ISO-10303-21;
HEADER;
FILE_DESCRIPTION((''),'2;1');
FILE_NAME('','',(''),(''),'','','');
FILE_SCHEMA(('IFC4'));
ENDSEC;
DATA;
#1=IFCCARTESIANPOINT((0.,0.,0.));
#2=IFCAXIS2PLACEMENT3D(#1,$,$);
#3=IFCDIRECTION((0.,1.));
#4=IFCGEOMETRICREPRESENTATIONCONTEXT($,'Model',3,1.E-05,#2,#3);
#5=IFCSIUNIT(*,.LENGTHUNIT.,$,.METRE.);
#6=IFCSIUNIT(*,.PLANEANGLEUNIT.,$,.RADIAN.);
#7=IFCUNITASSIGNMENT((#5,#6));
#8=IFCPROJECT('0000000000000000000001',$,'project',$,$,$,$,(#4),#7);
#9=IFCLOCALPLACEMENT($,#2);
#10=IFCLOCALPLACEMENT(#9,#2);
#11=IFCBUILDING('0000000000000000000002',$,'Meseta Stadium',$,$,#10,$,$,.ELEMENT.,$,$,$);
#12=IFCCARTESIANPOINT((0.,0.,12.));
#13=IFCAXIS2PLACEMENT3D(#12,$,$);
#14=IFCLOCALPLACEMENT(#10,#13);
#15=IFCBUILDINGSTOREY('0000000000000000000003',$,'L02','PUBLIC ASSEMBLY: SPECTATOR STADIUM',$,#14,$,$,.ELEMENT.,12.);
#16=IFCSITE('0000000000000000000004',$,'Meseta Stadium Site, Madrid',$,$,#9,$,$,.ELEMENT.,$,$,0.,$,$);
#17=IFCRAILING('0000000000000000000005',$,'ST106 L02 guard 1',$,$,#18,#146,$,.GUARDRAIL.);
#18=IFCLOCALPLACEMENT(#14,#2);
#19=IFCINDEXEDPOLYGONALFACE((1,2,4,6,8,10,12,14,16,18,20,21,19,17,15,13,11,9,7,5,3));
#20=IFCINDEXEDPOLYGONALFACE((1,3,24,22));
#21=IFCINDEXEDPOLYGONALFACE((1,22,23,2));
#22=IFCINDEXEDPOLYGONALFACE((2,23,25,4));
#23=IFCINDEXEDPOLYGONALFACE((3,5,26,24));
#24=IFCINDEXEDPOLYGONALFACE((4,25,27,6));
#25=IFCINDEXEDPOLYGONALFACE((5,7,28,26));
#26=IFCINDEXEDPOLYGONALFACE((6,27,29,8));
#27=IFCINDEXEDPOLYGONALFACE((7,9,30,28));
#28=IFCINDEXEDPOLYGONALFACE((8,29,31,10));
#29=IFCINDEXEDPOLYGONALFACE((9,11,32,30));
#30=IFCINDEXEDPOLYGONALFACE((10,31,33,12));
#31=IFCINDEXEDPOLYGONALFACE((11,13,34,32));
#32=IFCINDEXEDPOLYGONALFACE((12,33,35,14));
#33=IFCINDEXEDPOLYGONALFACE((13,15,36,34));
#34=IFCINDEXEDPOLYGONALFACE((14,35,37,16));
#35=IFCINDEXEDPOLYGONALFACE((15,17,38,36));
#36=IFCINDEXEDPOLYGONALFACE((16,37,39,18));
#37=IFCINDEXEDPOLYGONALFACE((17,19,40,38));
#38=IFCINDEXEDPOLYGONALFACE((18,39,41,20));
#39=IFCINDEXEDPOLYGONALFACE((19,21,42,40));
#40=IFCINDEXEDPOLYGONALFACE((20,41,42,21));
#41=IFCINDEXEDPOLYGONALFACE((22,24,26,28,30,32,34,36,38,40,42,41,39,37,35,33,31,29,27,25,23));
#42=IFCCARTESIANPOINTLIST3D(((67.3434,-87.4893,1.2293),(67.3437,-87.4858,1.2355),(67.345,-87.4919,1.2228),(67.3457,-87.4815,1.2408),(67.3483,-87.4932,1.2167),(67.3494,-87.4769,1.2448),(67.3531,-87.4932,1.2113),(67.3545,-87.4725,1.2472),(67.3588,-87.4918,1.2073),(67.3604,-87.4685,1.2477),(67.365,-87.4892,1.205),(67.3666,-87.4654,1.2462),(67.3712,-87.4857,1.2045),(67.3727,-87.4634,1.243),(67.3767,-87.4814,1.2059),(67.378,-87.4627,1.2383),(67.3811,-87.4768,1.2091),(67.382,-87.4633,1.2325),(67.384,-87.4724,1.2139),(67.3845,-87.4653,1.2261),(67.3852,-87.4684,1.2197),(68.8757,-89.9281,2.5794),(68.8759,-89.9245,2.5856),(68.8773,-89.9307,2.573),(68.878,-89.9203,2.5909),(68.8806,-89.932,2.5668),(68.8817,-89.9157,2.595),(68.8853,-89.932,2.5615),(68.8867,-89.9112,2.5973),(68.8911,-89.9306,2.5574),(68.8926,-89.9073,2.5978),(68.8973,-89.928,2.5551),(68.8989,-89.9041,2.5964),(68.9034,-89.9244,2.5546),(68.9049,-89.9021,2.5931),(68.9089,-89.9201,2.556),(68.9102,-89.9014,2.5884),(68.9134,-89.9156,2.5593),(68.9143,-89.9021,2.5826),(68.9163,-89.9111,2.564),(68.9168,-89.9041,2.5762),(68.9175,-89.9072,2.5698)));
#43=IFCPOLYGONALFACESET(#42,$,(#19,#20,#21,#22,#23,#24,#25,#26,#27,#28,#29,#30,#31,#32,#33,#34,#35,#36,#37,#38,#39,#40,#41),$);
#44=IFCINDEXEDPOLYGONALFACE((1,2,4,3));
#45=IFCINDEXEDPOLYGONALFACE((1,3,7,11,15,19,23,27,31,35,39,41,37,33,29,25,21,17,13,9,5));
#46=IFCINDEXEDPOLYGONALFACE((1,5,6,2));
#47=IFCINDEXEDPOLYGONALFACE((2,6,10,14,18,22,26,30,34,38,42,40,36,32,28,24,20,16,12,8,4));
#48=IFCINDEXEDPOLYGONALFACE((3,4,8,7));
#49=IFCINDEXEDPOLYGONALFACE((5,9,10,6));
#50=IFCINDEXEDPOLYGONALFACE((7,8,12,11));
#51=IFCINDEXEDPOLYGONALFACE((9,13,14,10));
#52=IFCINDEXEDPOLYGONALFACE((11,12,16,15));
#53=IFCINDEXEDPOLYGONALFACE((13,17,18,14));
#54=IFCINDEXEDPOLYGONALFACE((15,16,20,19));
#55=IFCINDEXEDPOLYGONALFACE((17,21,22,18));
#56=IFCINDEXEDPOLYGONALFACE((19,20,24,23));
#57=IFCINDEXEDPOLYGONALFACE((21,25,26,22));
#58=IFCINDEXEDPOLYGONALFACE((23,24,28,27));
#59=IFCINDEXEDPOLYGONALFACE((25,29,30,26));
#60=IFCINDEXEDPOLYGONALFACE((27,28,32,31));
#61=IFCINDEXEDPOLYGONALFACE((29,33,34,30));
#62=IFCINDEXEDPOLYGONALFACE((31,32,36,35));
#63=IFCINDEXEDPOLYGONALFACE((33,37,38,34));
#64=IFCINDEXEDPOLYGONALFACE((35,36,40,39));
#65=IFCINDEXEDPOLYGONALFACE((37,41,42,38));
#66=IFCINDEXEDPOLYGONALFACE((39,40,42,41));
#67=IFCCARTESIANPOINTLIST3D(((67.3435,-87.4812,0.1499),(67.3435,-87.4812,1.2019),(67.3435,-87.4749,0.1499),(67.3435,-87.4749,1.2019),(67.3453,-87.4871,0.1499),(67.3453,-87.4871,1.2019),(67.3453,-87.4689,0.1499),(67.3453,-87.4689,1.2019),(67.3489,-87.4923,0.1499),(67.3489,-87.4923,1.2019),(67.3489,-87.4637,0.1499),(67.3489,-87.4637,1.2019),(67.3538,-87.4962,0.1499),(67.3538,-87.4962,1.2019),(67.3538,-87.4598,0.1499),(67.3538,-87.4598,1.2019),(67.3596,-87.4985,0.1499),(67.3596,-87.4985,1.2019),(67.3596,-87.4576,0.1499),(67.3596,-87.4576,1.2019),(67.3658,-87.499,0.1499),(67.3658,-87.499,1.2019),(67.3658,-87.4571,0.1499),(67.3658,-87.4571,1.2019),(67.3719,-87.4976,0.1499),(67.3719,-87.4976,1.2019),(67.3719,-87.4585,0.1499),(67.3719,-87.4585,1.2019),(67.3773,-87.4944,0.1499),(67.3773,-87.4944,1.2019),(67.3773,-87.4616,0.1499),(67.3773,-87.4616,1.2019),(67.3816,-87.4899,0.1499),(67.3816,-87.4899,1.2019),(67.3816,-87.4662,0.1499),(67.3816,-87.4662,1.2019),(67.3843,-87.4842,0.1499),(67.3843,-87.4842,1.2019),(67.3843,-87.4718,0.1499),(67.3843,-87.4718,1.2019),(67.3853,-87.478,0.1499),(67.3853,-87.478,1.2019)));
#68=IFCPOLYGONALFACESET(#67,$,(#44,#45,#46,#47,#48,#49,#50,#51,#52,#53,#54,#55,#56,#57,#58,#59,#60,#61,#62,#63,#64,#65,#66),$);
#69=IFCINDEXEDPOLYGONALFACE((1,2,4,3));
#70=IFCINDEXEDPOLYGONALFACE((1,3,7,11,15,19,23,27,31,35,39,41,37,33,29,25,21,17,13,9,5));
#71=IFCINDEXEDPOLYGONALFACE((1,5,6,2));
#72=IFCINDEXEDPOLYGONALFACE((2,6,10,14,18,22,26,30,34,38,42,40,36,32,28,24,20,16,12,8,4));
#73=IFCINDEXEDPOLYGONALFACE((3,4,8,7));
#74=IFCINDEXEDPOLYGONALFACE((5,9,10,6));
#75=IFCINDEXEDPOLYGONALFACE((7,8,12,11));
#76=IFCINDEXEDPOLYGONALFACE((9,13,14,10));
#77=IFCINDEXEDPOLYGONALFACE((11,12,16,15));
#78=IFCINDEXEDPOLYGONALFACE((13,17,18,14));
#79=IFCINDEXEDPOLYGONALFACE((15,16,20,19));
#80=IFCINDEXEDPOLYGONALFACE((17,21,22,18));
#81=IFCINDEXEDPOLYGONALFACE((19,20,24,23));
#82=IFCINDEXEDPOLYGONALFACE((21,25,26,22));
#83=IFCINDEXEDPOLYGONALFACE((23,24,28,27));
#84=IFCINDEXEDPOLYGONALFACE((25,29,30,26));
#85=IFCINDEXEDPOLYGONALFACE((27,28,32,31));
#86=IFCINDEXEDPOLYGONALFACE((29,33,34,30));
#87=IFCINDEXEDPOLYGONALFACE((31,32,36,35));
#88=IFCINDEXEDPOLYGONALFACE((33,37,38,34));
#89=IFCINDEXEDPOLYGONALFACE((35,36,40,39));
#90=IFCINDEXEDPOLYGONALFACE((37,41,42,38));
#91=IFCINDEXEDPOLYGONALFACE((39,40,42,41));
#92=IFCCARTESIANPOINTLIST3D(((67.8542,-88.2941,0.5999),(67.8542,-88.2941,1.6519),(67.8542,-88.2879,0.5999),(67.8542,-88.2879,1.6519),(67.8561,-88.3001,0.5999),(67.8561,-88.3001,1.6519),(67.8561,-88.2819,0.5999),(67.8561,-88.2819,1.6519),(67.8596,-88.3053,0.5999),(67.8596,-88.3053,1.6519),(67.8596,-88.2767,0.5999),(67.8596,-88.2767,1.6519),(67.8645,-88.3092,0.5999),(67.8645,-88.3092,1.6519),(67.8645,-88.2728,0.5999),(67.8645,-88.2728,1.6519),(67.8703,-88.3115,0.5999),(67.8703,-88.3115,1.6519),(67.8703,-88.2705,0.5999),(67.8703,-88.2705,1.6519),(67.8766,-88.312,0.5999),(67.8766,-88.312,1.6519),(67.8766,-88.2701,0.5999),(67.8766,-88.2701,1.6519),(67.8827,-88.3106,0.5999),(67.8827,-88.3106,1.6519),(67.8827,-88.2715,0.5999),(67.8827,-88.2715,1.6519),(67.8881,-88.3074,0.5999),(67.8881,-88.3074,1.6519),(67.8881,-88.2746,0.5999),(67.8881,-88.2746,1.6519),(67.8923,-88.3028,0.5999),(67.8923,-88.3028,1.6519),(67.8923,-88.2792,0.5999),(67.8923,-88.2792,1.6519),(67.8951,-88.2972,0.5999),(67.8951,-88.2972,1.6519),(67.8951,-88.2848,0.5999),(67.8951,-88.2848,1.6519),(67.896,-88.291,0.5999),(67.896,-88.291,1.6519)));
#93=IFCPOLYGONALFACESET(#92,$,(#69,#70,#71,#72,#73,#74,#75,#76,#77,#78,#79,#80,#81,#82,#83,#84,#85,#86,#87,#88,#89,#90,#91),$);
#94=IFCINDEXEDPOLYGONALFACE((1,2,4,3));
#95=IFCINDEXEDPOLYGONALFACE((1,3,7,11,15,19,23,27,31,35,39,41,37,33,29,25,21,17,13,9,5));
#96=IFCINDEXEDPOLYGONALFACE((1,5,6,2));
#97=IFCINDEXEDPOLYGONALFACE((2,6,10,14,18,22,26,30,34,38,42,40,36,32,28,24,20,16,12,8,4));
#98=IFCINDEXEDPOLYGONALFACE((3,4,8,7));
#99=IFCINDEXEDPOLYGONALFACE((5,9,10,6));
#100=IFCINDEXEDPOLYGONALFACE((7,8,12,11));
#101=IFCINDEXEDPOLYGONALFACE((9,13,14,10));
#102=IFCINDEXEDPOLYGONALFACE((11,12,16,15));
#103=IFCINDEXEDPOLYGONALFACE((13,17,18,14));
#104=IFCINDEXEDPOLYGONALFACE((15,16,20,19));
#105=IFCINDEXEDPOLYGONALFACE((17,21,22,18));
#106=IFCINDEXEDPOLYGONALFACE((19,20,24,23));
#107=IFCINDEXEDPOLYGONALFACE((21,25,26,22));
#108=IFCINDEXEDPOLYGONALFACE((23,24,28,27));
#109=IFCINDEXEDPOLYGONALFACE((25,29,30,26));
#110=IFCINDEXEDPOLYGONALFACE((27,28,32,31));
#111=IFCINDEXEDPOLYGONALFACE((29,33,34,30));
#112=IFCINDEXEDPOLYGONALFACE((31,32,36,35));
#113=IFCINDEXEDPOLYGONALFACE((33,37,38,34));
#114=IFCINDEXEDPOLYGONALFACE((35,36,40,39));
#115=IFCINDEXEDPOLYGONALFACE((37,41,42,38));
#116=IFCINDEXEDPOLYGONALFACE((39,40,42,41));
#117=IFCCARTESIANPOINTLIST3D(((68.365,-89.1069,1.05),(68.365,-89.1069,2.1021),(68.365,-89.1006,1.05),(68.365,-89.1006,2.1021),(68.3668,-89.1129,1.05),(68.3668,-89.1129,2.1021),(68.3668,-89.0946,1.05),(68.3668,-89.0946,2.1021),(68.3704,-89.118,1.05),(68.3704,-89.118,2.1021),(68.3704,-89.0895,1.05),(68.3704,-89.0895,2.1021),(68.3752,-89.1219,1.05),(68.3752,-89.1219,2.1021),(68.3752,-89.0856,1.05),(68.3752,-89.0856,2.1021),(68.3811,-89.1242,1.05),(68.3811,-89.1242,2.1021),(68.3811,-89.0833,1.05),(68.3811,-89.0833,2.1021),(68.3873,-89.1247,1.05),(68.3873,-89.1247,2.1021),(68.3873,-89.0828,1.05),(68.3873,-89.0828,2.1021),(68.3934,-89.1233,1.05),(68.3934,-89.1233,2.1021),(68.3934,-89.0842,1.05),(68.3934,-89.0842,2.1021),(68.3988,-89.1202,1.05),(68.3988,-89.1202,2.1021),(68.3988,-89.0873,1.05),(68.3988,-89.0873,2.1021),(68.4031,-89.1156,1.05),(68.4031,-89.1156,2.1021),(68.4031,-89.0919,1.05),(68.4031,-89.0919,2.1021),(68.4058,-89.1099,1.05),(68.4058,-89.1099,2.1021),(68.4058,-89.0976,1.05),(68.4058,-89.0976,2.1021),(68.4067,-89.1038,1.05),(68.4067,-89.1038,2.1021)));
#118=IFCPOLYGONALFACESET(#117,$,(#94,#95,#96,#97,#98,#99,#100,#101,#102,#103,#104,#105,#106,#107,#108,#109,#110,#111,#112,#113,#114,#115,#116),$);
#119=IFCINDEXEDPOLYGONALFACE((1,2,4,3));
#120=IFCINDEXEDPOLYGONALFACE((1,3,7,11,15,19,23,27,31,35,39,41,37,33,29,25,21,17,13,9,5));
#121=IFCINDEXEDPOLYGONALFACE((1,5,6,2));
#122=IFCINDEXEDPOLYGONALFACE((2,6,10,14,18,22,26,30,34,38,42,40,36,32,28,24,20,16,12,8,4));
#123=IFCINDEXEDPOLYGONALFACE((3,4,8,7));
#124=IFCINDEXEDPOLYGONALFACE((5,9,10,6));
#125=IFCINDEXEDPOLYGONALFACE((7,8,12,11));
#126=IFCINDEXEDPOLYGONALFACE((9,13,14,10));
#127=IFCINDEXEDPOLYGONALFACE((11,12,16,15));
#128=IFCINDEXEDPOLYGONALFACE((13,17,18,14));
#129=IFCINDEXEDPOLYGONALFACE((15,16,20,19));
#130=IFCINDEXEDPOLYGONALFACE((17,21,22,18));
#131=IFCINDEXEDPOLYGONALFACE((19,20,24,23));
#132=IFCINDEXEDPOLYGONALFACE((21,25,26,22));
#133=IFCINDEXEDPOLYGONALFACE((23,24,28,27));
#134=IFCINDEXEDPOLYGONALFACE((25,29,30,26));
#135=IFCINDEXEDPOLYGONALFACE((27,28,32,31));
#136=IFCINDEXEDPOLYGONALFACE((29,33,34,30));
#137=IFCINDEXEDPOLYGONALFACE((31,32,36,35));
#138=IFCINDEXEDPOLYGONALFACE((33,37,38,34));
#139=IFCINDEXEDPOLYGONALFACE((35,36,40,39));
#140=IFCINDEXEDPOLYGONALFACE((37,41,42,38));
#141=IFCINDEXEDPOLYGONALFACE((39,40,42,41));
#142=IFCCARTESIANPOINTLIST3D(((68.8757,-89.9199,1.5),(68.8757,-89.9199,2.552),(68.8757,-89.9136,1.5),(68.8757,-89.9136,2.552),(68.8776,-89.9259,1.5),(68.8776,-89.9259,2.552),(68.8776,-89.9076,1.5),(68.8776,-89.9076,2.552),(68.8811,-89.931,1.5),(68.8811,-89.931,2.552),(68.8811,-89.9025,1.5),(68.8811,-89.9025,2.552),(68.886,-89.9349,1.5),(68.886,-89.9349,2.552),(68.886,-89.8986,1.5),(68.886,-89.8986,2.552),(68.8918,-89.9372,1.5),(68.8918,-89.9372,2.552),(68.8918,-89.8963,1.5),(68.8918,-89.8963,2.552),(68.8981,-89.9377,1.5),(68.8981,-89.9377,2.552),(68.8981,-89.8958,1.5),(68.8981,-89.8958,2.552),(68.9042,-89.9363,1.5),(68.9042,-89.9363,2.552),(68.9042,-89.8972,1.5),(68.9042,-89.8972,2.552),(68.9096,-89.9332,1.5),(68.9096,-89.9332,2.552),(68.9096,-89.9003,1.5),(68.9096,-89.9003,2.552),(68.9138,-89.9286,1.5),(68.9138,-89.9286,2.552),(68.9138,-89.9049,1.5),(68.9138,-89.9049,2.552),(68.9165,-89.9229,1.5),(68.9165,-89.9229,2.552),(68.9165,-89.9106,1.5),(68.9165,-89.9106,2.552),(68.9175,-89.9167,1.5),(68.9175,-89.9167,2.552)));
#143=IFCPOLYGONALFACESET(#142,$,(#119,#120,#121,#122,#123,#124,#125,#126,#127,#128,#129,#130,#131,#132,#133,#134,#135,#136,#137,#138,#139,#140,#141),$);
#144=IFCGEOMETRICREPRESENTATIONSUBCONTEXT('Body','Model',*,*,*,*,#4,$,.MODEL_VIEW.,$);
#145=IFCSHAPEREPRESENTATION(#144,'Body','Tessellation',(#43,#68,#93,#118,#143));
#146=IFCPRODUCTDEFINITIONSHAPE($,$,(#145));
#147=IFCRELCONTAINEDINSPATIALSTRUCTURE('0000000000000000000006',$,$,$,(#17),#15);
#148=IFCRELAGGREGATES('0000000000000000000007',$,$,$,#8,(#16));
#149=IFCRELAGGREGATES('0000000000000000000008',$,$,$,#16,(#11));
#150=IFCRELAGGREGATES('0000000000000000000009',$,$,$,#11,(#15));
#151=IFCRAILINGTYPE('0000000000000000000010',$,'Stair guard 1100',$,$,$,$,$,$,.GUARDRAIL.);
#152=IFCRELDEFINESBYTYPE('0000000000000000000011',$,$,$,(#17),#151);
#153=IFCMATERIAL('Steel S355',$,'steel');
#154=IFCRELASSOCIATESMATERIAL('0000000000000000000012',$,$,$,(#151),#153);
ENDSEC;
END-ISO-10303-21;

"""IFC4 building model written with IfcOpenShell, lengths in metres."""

from ifc_helpers import new_model, si_unit, direction, frame, origin, origin_2d, place, context, subcontext, project, spatial, circle, extrude, material, type_object, element, save


model = new_model("IFC4")

# Units and contexts
model_context = context("Model", 3, precision=1e-05, world=origin(), true_north=direction((0.0, 1.0)))
body_context = subcontext(model_context, "Body", "Model", "MODEL_VIEW")
ifc_project = project(units=[si_unit("LENGTHUNIT", "METRE"), si_unit("PLANEANGLEUNIT", "RADIAN")], contexts=[model_context])

# Site, building, storey
site_placement = place(None, origin())
site = spatial("IfcSite", under=ifc_project, at=site_placement, Name="Meseta Stadium Site, Madrid", CompositionType="ELEMENT", RefElevation=0.0)
building_placement = place(site_placement, origin())
building = spatial("IfcBuilding", under=site, at=building_placement, Name="Meseta Stadium", CompositionType="ELEMENT")
storey_placement = place(building_placement, frame((0.0, 0.0, 12.0)))
storey = spatial("IfcBuildingStorey", under=building, at=storey_placement, Name="L02", Description="PUBLIC ASSEMBLY: SPECTATOR STADIUM", CompositionType="ELEMENT", Elevation=12.0)

# Railing
ifc_material_1 = material(Name="Steel S355", Category="steel")
railing_type_1 = type_object("IfcRailingType", Name="Stair guard 1100", PredefinedType="GUARDRAIL", material=ifc_material_1)
railing_1_placement = place(storey_placement, frame((67.3643, -87.478, 0.1499)))
element("IfcRailing", 1, at=railing_1_placement, inside=storey, type_object=railing_type_1, Name="ST106 L02 guard 1", PredefinedType="GUARDRAIL", context=body_context, shape_type="SweptSolid", body=[
    extrude(circle(Radius=0.0239, at=origin_2d()), frame((0.0, 0.0, 1.0762), z_axis=(0.481703, -0.766687, 0.424445), x_axis=(0.846743, 0.532001, 0.0)), (0.0, 0.0, 1.0), 3.1809),
    extrude(circle(Radius=0.021, at=origin_2d()), origin(), (0.0, 0.0, 1.0), 1.052),
    extrude(circle(Radius=0.021, at=origin_2d()), frame((0.5107, -0.813, 0.45)), (0.0, 0.0, 1.0), 1.052),
    extrude(circle(Radius=0.021, at=origin_2d()), frame((1.0215, -1.6257, 0.9001)), (0.0, 0.0, 1.0), 1.052),
    extrude(circle(Radius=0.021, at=origin_2d()), frame((1.5322, -2.4387, 1.3501)), (0.0, 0.0, 1.0), 1.052),
])

save(model, "model.ifc")
